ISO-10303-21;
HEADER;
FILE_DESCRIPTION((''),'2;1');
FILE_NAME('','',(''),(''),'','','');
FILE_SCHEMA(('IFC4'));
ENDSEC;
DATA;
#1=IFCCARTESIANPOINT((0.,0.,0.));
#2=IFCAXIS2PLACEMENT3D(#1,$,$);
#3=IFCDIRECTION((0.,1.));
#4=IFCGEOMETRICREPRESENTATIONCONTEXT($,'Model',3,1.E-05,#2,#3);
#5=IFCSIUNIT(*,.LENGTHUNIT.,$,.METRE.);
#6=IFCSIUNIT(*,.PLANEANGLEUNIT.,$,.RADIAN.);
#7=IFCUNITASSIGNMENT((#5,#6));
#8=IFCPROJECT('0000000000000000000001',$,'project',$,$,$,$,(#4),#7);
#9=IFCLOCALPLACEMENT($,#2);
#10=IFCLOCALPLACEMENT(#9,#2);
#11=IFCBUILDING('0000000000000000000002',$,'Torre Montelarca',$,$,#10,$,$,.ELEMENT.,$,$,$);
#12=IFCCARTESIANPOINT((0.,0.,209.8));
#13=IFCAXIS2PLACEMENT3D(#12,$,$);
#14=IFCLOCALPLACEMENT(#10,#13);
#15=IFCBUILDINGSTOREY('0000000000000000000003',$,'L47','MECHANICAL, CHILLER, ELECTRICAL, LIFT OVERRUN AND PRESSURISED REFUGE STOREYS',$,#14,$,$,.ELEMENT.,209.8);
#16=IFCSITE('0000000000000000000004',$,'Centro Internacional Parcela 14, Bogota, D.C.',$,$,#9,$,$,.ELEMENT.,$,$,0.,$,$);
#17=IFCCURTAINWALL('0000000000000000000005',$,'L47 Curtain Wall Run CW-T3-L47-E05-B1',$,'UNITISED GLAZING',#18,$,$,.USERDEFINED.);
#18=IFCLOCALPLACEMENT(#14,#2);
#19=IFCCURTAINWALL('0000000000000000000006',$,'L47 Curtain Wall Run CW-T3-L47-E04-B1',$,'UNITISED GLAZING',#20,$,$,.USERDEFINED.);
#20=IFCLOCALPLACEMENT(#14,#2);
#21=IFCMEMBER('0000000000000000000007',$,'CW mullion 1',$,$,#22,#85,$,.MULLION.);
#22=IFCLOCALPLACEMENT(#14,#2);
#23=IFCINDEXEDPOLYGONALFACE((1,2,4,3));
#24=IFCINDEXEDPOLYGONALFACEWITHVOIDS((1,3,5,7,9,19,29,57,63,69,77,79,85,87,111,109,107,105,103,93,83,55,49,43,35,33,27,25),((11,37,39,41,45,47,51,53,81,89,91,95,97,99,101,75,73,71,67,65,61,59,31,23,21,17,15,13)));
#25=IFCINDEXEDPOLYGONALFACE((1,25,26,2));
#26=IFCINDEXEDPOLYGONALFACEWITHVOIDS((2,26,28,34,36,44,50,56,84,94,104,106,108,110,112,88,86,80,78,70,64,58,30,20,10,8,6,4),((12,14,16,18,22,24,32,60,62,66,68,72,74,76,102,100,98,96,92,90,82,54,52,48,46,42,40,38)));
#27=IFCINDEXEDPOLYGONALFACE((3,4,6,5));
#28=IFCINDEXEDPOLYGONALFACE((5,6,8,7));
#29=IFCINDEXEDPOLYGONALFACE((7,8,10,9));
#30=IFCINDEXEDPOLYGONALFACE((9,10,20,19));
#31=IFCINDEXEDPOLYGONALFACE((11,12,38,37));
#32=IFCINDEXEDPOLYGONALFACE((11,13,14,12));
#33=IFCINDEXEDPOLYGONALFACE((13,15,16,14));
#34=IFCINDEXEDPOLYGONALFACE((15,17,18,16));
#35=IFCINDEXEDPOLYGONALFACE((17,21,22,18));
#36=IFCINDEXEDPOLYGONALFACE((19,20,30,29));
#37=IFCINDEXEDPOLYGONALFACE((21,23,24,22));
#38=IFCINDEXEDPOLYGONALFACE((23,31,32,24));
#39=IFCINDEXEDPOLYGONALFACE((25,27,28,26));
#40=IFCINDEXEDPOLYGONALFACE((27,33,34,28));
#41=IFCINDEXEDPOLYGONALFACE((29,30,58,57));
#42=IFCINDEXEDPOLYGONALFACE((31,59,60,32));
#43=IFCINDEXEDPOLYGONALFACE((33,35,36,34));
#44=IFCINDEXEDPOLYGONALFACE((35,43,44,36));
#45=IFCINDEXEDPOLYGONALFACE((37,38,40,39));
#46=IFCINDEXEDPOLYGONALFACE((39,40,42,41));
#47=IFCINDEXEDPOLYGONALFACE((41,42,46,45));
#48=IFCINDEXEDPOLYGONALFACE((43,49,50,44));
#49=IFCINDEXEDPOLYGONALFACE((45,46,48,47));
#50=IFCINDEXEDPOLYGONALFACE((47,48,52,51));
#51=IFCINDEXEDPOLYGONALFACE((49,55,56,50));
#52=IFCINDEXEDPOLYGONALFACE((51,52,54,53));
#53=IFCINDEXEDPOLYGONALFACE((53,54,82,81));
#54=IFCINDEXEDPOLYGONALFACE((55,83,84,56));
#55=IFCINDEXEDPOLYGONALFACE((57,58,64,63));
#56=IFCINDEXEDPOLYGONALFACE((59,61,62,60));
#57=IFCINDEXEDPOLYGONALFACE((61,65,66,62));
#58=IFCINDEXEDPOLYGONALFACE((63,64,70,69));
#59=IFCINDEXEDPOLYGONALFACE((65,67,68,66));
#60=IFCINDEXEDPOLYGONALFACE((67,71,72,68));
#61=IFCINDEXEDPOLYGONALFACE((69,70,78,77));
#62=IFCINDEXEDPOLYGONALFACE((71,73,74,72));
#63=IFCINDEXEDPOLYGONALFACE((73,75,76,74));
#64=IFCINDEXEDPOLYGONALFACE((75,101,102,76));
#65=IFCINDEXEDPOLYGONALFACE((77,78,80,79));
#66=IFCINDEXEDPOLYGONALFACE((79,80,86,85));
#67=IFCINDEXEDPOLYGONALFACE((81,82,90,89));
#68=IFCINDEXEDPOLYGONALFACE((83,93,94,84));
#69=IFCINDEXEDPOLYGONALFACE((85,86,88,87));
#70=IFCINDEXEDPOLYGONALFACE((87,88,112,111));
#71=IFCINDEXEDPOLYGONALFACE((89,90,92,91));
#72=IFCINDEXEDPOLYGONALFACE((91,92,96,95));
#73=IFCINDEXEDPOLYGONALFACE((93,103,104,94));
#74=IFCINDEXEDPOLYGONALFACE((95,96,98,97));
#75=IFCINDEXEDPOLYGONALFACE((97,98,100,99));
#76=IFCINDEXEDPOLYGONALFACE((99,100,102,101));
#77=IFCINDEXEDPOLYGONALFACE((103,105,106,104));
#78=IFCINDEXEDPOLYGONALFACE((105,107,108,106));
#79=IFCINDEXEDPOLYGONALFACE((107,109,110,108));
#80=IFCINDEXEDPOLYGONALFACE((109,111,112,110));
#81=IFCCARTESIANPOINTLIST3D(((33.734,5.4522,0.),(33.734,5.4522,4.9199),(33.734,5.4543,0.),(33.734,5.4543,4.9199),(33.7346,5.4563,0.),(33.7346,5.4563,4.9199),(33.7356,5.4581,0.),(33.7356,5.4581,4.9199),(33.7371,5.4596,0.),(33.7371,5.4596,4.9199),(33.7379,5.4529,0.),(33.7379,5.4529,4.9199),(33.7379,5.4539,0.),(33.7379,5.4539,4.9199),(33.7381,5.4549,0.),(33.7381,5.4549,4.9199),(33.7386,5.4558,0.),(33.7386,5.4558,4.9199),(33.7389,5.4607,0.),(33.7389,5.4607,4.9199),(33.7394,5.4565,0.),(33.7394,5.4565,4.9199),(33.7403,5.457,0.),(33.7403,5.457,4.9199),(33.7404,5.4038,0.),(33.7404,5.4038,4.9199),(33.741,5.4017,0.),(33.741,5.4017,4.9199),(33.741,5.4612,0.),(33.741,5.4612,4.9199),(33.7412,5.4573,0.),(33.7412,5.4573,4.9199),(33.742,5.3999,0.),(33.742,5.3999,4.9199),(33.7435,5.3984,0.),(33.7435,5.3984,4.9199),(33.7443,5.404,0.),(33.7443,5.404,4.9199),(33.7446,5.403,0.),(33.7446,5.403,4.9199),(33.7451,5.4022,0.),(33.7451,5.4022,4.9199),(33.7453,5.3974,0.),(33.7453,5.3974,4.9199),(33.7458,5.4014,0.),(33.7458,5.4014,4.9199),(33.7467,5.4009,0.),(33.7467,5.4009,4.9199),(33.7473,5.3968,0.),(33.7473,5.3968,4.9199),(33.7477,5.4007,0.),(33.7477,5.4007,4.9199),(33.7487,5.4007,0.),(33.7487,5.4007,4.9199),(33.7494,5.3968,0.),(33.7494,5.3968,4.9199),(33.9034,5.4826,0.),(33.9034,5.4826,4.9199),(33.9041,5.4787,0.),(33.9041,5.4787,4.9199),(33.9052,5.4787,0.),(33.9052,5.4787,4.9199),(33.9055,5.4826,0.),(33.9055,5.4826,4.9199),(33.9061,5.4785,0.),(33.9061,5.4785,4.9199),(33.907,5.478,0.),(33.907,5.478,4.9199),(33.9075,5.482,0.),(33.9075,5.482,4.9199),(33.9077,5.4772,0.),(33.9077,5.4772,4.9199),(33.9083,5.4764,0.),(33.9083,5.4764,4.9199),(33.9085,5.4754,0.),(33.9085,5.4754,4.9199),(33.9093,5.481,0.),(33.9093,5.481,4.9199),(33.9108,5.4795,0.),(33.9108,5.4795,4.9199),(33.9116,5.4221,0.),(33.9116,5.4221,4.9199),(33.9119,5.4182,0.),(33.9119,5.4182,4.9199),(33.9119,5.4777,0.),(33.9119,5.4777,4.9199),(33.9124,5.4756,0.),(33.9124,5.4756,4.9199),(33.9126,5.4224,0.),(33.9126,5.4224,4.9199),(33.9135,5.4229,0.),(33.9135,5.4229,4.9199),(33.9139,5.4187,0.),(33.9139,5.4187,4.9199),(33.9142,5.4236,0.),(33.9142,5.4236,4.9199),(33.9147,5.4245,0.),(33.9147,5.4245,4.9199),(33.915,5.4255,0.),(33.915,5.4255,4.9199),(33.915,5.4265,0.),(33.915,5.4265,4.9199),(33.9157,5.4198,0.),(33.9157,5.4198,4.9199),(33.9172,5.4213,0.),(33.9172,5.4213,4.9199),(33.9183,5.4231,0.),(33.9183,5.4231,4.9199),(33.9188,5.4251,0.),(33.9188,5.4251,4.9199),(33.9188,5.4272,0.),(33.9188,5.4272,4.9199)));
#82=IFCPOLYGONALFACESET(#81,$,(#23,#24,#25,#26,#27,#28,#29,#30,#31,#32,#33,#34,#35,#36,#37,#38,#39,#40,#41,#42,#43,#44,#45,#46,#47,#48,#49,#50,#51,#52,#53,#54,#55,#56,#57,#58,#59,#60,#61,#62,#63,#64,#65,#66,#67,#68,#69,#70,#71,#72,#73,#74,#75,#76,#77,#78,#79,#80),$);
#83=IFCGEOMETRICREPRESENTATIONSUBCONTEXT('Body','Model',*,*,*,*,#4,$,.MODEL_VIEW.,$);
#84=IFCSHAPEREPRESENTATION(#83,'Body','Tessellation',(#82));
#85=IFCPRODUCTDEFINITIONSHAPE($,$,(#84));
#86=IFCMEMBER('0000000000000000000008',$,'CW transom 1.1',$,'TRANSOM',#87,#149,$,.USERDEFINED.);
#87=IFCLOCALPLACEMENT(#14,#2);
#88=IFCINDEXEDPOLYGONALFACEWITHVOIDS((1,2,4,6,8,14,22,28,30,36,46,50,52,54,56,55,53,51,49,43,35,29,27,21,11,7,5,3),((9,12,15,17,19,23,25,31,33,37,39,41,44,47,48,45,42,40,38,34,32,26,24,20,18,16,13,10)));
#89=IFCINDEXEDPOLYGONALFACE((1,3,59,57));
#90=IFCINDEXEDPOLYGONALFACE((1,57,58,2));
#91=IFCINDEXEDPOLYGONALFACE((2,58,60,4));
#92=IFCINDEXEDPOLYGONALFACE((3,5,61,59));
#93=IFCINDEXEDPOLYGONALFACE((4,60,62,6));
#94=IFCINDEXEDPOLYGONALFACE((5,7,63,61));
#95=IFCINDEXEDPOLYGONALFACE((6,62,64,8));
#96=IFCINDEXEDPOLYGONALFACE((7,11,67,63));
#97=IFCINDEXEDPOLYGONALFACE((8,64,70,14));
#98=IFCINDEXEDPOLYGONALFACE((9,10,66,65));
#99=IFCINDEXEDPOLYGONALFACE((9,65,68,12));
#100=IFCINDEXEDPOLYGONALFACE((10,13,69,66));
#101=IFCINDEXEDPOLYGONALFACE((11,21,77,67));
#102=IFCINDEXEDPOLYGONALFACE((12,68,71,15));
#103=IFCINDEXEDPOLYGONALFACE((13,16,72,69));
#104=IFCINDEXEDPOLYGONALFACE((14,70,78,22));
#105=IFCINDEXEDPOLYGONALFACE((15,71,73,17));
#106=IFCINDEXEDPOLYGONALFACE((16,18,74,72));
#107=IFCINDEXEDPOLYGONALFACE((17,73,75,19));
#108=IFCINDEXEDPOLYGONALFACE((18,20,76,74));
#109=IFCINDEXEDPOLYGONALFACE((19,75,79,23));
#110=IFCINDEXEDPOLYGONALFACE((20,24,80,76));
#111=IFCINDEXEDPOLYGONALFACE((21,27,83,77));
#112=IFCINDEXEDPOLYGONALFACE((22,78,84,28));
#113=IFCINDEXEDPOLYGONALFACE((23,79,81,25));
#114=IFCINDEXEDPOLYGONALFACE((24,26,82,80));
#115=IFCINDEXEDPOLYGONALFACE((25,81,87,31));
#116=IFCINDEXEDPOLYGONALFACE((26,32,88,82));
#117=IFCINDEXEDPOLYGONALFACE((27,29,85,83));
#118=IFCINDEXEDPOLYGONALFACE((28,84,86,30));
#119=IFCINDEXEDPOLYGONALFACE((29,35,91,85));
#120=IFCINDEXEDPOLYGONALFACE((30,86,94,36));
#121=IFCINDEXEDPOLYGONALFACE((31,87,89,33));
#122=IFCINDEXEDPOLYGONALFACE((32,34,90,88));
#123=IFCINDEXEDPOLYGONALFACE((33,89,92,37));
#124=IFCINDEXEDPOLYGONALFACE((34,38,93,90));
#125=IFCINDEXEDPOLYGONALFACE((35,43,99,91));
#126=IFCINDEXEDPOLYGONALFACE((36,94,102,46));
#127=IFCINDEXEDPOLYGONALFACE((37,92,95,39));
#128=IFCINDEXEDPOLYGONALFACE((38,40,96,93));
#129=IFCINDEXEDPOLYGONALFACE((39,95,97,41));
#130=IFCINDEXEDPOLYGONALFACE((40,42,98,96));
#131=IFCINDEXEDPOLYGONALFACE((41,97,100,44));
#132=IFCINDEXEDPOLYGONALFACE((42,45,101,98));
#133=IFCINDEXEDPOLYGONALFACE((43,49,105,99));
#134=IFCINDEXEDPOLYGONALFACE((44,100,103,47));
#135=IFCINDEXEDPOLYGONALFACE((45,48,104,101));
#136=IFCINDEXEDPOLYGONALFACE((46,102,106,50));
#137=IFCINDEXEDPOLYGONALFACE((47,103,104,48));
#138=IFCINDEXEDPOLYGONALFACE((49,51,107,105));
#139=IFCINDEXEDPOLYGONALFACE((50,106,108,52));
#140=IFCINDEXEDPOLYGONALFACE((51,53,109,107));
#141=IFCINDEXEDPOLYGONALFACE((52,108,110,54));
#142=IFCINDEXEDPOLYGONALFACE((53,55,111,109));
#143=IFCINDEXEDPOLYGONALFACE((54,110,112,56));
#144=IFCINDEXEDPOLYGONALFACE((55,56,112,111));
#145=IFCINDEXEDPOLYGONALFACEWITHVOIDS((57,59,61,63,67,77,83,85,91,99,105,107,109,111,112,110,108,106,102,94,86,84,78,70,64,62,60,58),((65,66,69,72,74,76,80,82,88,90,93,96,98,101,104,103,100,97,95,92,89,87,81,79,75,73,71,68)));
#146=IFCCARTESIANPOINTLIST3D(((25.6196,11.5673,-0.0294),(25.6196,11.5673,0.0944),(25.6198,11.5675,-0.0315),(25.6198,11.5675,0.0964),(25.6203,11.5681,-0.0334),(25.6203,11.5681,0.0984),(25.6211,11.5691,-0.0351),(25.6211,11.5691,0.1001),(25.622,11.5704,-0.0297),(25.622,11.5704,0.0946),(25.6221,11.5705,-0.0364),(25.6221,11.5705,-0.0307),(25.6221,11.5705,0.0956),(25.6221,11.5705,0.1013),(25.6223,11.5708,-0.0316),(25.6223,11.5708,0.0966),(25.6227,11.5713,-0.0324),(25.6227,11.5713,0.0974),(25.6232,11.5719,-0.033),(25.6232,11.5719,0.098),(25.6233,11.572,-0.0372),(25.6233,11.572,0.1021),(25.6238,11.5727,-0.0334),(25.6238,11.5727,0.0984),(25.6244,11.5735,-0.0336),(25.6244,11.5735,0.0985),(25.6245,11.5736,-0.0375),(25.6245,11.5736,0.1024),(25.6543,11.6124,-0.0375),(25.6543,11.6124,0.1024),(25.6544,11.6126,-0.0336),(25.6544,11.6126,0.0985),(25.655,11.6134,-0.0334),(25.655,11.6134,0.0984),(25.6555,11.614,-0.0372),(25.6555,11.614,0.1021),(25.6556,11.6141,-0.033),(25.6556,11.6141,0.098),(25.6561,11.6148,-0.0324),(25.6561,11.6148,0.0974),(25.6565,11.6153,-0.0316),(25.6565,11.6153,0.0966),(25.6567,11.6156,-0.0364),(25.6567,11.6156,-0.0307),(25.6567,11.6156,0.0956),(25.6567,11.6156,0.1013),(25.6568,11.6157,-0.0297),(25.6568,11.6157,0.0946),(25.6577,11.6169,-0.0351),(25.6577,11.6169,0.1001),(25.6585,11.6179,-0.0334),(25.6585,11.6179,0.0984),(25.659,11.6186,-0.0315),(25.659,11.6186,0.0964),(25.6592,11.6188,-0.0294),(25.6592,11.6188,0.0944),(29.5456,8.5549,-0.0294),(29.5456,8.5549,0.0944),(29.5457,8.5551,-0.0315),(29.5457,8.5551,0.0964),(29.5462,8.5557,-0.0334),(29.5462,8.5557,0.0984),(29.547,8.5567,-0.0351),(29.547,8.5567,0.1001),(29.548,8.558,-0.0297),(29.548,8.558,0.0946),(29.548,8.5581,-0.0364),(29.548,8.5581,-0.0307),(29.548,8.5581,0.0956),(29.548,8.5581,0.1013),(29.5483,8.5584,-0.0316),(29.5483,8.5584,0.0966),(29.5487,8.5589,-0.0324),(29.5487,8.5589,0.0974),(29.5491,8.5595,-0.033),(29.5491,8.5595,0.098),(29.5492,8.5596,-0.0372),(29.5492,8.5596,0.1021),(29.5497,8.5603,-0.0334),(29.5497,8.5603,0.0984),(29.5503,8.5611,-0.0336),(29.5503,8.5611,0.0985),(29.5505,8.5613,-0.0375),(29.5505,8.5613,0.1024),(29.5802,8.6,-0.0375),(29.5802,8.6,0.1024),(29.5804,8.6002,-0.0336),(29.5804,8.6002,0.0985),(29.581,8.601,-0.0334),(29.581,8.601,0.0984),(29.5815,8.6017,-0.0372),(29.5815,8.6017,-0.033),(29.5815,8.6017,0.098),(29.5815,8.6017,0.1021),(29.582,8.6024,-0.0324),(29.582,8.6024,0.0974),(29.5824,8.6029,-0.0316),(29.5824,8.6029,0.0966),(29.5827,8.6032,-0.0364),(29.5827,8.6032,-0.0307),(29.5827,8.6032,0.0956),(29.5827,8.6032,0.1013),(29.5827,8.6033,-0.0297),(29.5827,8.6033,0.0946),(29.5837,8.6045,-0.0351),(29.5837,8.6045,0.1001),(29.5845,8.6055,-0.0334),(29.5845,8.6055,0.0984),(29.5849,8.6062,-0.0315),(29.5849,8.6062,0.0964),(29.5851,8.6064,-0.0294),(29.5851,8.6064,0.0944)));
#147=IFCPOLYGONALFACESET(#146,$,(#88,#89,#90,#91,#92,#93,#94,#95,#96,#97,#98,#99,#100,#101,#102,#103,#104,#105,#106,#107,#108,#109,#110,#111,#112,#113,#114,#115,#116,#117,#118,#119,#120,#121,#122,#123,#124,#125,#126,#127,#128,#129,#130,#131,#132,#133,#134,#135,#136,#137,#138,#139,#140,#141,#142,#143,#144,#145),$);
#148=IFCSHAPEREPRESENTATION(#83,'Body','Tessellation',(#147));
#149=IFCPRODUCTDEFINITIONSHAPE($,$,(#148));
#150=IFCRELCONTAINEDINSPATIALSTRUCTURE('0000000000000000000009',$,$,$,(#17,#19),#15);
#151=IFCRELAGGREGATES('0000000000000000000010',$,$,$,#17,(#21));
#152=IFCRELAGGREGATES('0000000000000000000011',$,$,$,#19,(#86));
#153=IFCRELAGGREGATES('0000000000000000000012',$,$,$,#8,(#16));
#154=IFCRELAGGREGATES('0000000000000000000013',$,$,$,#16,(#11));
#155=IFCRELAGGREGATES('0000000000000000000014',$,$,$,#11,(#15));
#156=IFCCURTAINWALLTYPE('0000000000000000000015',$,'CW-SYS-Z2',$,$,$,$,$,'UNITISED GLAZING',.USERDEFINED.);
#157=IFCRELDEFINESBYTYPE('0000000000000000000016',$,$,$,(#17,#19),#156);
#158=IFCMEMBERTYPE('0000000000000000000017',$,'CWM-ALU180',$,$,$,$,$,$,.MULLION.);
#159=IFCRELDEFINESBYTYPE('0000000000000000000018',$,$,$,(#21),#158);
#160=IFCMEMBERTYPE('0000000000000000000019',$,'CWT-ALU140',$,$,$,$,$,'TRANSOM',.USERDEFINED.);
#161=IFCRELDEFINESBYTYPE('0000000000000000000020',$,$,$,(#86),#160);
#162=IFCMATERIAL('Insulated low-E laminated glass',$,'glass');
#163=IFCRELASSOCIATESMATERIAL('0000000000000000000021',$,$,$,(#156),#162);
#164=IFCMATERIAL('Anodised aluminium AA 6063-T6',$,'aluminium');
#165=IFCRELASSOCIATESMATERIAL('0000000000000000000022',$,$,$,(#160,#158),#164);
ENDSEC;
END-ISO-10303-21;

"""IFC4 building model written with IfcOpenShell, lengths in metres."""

from ifc_helpers import new_model, si_unit, direction, frame, origin, origin_2d, place, context, subcontext, project, spatial, hollow_rectangle, extrude, source, transform, mapped, material, material_profile, profile_set, type_object, element, aggregate, save


model = new_model("IFC4")

# Units and contexts
model_context = context("Model", 3, precision=1e-05, world=origin(), true_north=direction((0.0, 1.0)))
body_context = subcontext(model_context, "Body", "Model", "MODEL_VIEW")
ifc_project = project(units=[si_unit("LENGTHUNIT", "METRE"), si_unit("PLANEANGLEUNIT", "RADIAN")], contexts=[model_context])

# Site, building, storey
site_placement = place(None, origin())
site = spatial("IfcSite", under=ifc_project, at=site_placement, Name="Centro Internacional Parcela 14, Bogota, D.C.", CompositionType="ELEMENT", RefElevation=0.0)
building_placement = place(site_placement, origin())
building = spatial("IfcBuilding", under=site, at=building_placement, Name="Torre Montelarca", CompositionType="ELEMENT")
storey_placement = place(building_placement, frame((0.0, 0.0, 209.8)))
storey = spatial("IfcBuildingStorey", under=building, at=storey_placement, Name="L47", Description="MECHANICAL, CHILLER, ELECTRICAL, LIFT OVERRUN AND PRESSURISED REFUGE STOREYS", CompositionType="ELEMENT", Elevation=209.8)

# Curtain wall
ifc_material_1 = material(Name="Insulated low-E laminated glass", Category="glass")
curtain_wall_type = type_object("IfcCurtainWallType", Name="CW-SYS-Z2", ElementType="UNITISED GLAZING", PredefinedType="USERDEFINED", material=ifc_material_1)
curtain_wall_1_placement = place(storey_placement, origin())
curtain_wall_1 = element("IfcCurtainWall", 1, at=curtain_wall_1_placement, inside=storey, type_object=curtain_wall_type, Name="L47 Curtain Wall Run CW-T3-L47-E05-B1", ObjectType="UNITISED GLAZING", PredefinedType="USERDEFINED")
ifc_material_2 = material(Name="Anodised aluminium AA 6063-T6", Category="aluminium")
ifc_material_profile_1 = material_profile(ifc_material_2, hollow_rectangle(XDim=0.0649, YDim=0.1399, WallThickness=0.0039, InnerFilletRadius=0.0039, OuterFilletRadius=0.0081, at=origin_2d()), Name="ALU65X140X4", Category="aluminium")
ifc_profile_set_1 = profile_set([ifc_material_profile_1], Name="Anodised aluminium AA 6063-T6")
member_type_1 = type_object("IfcMemberType", Name="CWT-ALU140", ElementType="TRANSOM", PredefinedType="USERDEFINED", material=ifc_profile_set_1)

# Shared definitions
ifc_material_profile_2 = material_profile(ifc_material_2, hollow_rectangle(XDim=0.0649, YDim=0.1799, WallThickness=0.0039, InnerFilletRadius=0.0039, OuterFilletRadius=0.0081, at=origin_2d()), Name="ALU65X180X4", Category="aluminium")
ifc_profile_set_2 = profile_set([ifc_material_profile_2], Name="Anodised aluminium AA 6063-T6")
member_type_2 = type_object("IfcMemberType", Name="CWM-ALU180", PredefinedType="MULLION", material=ifc_profile_set_2)
shared_shape_1 = source(origin(), body_context, "Body", "SweptSolid", [
    extrude(hollow_rectangle(XDim=0.0649, YDim=0.1799, WallThickness=0.0039, InnerFilletRadius=0.0039, OuterFilletRadius=0.0081, at=origin_2d()), origin(), (0.0, 0.0, 1.0), 4.9199),
])

# Curtain wall
curtain_wall_2_placement = place(storey_placement, origin())
curtain_wall_2 = element("IfcCurtainWall", 2, at=curtain_wall_2_placement, inside=storey, type_object=curtain_wall_type, Name="L47 Curtain Wall Run CW-T3-L47-E04-B1", ObjectType="UNITISED GLAZING", PredefinedType="USERDEFINED")

# Members
member_1_placement = place(storey_placement, frame((33.8264, 5.4397, 0.0), z_axis=(0.0, 0.0, 1.0), x_axis=(-0.130512, 0.991447, 0.0)))
member_1 = element("IfcMember", 3, at=member_1_placement, type_object=member_type_2, Name="CW mullion 1", PredefinedType="MULLION", context=body_context, shape_type="MappedRepresentation", body=[
    mapped(shared_shape_1, transform((0.0, 0.0, 0.0), scale=1.0)),
])
aggregate(curtain_wall_1, [member_1])
shared_shape_2 = source(origin(), body_context, "Body", "SweptSolid", [
    extrude(hollow_rectangle(XDim=0.0649, YDim=0.1399, WallThickness=0.0039, InnerFilletRadius=0.0039, OuterFilletRadius=0.0081, at=origin_2d()), origin(), (0.0, 0.0, 1.0), 4.9485),
])
member_2_placement = place(storey_placement, frame((25.6394, 11.593, 0.0325), z_axis=(0.793363, -0.608749, 0.0), x_axis=(0.608749, 0.793363, 0.0)))
member_2 = element("IfcMember", 4, at=member_2_placement, type_object=member_type_1, Name="CW transom 1.1", ObjectType="TRANSOM", PredefinedType="USERDEFINED", context=body_context, shape_type="MappedRepresentation", body=[
    mapped(shared_shape_2, transform((0.0, 0.0, 0.0), scale=1.0)),
])

aggregate(curtain_wall_2, [member_2])

save(model, "model.ifc")
